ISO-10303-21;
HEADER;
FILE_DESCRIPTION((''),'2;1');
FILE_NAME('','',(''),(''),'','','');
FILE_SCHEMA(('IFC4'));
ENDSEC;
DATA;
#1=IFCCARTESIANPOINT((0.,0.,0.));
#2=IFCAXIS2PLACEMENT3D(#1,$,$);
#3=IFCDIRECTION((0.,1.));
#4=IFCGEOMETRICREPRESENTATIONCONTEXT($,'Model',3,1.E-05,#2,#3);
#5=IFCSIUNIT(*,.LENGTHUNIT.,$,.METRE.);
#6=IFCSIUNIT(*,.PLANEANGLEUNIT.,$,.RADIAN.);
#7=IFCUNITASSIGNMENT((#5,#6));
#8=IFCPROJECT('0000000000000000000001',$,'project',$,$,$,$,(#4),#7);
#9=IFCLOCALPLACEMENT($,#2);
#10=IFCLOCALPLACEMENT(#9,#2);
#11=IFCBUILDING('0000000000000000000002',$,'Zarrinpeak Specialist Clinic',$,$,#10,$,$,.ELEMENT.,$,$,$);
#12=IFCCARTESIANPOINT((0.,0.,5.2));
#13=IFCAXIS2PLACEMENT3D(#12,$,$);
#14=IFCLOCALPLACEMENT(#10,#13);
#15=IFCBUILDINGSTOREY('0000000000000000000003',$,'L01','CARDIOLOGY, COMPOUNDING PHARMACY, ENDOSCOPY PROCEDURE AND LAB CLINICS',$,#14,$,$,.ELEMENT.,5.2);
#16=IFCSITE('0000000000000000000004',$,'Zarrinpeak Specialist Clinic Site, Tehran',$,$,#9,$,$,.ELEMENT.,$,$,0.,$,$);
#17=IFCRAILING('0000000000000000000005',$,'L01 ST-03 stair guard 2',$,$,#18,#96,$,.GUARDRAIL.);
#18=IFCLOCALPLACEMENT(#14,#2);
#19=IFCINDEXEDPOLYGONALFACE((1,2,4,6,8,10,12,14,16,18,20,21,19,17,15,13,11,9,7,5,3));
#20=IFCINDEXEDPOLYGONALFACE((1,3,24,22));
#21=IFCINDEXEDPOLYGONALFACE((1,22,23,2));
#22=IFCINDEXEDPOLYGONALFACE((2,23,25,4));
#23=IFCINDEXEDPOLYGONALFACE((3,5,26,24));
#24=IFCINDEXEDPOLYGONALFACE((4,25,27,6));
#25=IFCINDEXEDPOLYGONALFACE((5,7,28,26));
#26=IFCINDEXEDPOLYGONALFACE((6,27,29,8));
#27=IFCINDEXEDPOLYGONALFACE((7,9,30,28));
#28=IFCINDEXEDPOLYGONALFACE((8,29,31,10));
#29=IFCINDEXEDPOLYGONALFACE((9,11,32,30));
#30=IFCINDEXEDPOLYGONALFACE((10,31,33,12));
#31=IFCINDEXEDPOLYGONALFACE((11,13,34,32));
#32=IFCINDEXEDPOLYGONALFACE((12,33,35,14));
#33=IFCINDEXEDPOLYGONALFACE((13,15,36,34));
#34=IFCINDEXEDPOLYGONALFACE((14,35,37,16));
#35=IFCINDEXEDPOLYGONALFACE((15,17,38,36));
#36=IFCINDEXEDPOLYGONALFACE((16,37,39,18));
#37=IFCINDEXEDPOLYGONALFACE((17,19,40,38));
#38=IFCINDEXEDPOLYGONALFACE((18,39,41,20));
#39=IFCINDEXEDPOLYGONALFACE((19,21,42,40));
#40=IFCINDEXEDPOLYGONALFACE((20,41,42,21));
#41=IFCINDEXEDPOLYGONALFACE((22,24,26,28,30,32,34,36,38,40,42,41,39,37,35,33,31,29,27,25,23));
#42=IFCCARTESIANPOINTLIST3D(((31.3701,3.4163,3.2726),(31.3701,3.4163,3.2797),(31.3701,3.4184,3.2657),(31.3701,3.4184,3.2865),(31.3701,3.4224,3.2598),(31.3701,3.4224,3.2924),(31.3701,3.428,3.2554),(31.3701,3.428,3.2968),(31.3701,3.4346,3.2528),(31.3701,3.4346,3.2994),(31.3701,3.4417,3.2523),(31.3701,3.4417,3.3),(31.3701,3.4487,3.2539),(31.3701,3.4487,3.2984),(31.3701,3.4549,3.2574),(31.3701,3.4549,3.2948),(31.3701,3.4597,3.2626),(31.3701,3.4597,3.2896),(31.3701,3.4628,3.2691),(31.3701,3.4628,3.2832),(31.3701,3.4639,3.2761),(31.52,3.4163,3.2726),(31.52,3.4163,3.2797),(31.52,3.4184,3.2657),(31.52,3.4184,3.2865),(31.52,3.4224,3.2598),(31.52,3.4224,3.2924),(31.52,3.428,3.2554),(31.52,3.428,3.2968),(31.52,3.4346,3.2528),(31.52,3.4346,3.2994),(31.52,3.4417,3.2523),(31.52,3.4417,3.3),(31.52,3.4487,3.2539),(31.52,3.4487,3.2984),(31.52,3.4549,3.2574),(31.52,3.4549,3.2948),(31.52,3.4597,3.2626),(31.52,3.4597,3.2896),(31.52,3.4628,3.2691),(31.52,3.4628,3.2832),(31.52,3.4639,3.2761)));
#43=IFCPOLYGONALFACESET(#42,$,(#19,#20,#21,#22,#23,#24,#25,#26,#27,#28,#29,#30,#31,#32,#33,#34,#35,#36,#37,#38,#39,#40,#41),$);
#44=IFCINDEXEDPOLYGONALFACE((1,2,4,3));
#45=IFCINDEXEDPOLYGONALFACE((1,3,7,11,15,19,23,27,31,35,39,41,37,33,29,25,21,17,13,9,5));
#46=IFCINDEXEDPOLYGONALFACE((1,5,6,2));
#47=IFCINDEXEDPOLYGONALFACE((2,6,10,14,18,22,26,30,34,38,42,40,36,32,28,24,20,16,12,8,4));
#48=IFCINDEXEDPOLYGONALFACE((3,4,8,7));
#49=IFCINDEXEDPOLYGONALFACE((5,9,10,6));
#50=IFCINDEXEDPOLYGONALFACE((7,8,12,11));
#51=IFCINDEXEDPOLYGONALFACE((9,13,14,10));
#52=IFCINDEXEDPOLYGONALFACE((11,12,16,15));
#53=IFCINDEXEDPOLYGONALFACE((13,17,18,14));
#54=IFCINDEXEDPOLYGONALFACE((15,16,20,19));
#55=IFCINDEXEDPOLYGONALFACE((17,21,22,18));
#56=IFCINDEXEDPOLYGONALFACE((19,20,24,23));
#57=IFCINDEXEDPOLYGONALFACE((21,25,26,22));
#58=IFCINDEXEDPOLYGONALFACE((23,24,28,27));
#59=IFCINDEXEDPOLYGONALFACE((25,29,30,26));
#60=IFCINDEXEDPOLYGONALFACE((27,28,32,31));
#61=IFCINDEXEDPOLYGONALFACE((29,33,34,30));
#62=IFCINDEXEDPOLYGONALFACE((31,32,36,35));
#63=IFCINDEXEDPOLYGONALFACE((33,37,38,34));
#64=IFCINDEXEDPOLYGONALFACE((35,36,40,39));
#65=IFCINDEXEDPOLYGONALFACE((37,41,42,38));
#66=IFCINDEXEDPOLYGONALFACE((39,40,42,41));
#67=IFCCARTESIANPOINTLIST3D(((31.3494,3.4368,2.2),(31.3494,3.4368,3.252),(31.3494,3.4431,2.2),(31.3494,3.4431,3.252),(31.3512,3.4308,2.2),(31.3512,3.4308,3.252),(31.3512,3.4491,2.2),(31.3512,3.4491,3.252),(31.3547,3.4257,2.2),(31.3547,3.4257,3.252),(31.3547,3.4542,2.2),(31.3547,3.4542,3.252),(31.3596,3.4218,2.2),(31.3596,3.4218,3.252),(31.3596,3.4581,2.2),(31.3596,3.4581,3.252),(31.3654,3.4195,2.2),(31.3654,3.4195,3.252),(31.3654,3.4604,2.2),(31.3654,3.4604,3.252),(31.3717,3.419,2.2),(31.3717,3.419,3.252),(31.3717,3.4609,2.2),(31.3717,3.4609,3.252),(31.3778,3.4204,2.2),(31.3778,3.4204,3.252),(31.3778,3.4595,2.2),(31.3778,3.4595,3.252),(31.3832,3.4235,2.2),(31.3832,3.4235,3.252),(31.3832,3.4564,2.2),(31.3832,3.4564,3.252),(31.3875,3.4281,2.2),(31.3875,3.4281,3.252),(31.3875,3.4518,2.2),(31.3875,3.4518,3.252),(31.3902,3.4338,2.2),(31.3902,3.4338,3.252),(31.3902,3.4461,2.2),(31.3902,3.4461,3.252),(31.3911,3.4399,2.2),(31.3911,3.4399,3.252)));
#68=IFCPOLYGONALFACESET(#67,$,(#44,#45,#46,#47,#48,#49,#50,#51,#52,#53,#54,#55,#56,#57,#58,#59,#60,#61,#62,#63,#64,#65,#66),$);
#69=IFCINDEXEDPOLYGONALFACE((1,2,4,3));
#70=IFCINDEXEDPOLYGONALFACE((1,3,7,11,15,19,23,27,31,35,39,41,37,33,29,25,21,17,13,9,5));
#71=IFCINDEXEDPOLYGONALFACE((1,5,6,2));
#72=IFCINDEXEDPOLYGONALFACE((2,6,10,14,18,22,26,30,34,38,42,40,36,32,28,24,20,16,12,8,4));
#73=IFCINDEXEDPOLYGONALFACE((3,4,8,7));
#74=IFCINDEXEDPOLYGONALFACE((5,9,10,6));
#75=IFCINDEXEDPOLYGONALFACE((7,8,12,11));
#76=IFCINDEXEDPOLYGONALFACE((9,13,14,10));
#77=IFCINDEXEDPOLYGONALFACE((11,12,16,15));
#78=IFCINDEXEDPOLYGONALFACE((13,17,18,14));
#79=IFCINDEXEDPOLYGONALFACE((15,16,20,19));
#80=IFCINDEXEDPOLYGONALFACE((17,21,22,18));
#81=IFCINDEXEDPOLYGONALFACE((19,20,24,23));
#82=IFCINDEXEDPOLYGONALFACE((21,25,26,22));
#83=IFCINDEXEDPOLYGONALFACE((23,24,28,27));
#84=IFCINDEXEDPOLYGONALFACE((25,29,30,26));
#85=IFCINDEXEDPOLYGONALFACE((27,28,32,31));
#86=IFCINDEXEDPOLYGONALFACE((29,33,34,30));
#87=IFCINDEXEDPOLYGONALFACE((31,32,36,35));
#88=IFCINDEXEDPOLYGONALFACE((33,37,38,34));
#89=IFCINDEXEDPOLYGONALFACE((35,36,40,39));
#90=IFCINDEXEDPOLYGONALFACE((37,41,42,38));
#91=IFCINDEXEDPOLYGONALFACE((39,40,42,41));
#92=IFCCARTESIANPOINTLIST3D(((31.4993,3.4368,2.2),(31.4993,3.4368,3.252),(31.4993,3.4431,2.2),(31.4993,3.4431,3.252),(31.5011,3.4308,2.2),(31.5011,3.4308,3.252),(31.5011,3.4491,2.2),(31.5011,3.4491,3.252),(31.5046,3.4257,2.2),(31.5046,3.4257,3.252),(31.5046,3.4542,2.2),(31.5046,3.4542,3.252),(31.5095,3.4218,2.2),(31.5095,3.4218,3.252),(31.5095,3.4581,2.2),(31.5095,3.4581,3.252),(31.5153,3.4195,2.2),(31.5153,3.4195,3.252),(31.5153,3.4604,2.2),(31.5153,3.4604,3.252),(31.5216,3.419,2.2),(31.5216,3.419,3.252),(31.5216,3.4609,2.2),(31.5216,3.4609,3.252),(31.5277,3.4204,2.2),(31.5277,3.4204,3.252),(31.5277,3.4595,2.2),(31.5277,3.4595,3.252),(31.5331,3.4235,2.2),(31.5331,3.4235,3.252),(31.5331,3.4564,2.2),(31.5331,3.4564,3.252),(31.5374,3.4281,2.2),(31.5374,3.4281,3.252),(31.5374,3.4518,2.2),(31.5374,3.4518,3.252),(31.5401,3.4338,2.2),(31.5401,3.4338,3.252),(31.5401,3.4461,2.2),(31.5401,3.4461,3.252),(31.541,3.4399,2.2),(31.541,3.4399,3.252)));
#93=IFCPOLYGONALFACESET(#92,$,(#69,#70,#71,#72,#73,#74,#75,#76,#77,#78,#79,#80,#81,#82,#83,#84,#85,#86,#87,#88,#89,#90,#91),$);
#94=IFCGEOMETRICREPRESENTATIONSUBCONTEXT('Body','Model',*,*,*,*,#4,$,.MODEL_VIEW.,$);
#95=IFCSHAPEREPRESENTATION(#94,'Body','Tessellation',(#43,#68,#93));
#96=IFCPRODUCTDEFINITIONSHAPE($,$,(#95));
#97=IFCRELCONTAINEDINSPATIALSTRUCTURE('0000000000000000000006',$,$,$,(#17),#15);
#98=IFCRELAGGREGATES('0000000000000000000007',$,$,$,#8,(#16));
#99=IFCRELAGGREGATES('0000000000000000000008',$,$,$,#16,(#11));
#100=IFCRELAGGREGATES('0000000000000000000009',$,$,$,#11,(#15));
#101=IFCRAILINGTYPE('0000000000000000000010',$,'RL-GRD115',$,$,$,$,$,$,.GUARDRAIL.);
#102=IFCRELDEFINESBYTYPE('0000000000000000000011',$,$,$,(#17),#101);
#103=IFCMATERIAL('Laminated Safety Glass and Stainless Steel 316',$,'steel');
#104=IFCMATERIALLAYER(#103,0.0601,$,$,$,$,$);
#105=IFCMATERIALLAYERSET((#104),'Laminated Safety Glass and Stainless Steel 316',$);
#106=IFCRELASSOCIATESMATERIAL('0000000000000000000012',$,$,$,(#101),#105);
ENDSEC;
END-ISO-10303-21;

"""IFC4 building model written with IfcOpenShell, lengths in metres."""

from ifc_helpers import new_model, si_unit, direction, frame, origin, origin_2d, place, context, subcontext, project, spatial, circle, extrude, material, layer, layer_set, type_object, element, save


model = new_model("IFC4")

# Units and contexts
model_context = context("Model", 3, precision=1e-05, world=origin(), true_north=direction((0.0, 1.0)))
body_context = subcontext(model_context, "Body", "Model", "MODEL_VIEW")
ifc_project = project(units=[si_unit("LENGTHUNIT", "METRE"), si_unit("PLANEANGLEUNIT", "RADIAN")], contexts=[model_context])

# Site, building, storey
site_placement = place(None, origin())
site = spatial("IfcSite", under=ifc_project, at=site_placement, Name="Zarrinpeak Specialist Clinic Site, Tehran", CompositionType="ELEMENT", RefElevation=0.0)
building_placement = place(site_placement, origin())
building = spatial("IfcBuilding", under=site, at=building_placement, Name="Zarrinpeak Specialist Clinic", CompositionType="ELEMENT")
storey_placement = place(building_placement, frame((0.0, 0.0, 5.2)))
storey = spatial("IfcBuildingStorey", under=building, at=storey_placement, Name="L01", Description="CARDIOLOGY, COMPOUNDING PHARMACY, ENDOSCOPY PROCEDURE AND LAB CLINICS", CompositionType="ELEMENT", Elevation=5.2)

# Railing
ifc_material_1 = material(Name="Laminated Safety Glass and Stainless Steel 316", Category="steel")
ifc_layer_1 = layer(ifc_material_1, 0.0601)
ifc_layer_set_1 = layer_set([ifc_layer_1], Name="Laminated Safety Glass and Stainless Steel 316")
railing_type_1 = type_object("IfcRailingType", Name="RL-GRD115", PredefinedType="GUARDRAIL", material=ifc_layer_set_1)
railing_1_placement = place(storey_placement, frame((31.3701, 3.4399, 2.2)))
element("IfcRailing", 1, at=railing_1_placement, inside=storey, type_object=railing_type_1, Name="L01 ST-03 stair guard 2", PredefinedType="GUARDRAIL", context=body_context, shape_type="SweptSolid", body=[
    extrude(circle(Radius=0.0239, at=origin_2d()), frame((0.0, 0.0, 1.0762), z_axis=(1.0, 0.0, 0.0), x_axis=(0.0, 1.0, 0.0)), (0.0, 0.0, 1.0), 0.1499),
    extrude(circle(Radius=0.021, at=origin_2d()), origin(), (0.0, 0.0, 1.0), 1.052),
    extrude(circle(Radius=0.021, at=origin_2d()), frame((0.1499, 0.0, 0.0)), (0.0, 0.0, 1.0), 1.052),
])

save(model, "model.ifc")
